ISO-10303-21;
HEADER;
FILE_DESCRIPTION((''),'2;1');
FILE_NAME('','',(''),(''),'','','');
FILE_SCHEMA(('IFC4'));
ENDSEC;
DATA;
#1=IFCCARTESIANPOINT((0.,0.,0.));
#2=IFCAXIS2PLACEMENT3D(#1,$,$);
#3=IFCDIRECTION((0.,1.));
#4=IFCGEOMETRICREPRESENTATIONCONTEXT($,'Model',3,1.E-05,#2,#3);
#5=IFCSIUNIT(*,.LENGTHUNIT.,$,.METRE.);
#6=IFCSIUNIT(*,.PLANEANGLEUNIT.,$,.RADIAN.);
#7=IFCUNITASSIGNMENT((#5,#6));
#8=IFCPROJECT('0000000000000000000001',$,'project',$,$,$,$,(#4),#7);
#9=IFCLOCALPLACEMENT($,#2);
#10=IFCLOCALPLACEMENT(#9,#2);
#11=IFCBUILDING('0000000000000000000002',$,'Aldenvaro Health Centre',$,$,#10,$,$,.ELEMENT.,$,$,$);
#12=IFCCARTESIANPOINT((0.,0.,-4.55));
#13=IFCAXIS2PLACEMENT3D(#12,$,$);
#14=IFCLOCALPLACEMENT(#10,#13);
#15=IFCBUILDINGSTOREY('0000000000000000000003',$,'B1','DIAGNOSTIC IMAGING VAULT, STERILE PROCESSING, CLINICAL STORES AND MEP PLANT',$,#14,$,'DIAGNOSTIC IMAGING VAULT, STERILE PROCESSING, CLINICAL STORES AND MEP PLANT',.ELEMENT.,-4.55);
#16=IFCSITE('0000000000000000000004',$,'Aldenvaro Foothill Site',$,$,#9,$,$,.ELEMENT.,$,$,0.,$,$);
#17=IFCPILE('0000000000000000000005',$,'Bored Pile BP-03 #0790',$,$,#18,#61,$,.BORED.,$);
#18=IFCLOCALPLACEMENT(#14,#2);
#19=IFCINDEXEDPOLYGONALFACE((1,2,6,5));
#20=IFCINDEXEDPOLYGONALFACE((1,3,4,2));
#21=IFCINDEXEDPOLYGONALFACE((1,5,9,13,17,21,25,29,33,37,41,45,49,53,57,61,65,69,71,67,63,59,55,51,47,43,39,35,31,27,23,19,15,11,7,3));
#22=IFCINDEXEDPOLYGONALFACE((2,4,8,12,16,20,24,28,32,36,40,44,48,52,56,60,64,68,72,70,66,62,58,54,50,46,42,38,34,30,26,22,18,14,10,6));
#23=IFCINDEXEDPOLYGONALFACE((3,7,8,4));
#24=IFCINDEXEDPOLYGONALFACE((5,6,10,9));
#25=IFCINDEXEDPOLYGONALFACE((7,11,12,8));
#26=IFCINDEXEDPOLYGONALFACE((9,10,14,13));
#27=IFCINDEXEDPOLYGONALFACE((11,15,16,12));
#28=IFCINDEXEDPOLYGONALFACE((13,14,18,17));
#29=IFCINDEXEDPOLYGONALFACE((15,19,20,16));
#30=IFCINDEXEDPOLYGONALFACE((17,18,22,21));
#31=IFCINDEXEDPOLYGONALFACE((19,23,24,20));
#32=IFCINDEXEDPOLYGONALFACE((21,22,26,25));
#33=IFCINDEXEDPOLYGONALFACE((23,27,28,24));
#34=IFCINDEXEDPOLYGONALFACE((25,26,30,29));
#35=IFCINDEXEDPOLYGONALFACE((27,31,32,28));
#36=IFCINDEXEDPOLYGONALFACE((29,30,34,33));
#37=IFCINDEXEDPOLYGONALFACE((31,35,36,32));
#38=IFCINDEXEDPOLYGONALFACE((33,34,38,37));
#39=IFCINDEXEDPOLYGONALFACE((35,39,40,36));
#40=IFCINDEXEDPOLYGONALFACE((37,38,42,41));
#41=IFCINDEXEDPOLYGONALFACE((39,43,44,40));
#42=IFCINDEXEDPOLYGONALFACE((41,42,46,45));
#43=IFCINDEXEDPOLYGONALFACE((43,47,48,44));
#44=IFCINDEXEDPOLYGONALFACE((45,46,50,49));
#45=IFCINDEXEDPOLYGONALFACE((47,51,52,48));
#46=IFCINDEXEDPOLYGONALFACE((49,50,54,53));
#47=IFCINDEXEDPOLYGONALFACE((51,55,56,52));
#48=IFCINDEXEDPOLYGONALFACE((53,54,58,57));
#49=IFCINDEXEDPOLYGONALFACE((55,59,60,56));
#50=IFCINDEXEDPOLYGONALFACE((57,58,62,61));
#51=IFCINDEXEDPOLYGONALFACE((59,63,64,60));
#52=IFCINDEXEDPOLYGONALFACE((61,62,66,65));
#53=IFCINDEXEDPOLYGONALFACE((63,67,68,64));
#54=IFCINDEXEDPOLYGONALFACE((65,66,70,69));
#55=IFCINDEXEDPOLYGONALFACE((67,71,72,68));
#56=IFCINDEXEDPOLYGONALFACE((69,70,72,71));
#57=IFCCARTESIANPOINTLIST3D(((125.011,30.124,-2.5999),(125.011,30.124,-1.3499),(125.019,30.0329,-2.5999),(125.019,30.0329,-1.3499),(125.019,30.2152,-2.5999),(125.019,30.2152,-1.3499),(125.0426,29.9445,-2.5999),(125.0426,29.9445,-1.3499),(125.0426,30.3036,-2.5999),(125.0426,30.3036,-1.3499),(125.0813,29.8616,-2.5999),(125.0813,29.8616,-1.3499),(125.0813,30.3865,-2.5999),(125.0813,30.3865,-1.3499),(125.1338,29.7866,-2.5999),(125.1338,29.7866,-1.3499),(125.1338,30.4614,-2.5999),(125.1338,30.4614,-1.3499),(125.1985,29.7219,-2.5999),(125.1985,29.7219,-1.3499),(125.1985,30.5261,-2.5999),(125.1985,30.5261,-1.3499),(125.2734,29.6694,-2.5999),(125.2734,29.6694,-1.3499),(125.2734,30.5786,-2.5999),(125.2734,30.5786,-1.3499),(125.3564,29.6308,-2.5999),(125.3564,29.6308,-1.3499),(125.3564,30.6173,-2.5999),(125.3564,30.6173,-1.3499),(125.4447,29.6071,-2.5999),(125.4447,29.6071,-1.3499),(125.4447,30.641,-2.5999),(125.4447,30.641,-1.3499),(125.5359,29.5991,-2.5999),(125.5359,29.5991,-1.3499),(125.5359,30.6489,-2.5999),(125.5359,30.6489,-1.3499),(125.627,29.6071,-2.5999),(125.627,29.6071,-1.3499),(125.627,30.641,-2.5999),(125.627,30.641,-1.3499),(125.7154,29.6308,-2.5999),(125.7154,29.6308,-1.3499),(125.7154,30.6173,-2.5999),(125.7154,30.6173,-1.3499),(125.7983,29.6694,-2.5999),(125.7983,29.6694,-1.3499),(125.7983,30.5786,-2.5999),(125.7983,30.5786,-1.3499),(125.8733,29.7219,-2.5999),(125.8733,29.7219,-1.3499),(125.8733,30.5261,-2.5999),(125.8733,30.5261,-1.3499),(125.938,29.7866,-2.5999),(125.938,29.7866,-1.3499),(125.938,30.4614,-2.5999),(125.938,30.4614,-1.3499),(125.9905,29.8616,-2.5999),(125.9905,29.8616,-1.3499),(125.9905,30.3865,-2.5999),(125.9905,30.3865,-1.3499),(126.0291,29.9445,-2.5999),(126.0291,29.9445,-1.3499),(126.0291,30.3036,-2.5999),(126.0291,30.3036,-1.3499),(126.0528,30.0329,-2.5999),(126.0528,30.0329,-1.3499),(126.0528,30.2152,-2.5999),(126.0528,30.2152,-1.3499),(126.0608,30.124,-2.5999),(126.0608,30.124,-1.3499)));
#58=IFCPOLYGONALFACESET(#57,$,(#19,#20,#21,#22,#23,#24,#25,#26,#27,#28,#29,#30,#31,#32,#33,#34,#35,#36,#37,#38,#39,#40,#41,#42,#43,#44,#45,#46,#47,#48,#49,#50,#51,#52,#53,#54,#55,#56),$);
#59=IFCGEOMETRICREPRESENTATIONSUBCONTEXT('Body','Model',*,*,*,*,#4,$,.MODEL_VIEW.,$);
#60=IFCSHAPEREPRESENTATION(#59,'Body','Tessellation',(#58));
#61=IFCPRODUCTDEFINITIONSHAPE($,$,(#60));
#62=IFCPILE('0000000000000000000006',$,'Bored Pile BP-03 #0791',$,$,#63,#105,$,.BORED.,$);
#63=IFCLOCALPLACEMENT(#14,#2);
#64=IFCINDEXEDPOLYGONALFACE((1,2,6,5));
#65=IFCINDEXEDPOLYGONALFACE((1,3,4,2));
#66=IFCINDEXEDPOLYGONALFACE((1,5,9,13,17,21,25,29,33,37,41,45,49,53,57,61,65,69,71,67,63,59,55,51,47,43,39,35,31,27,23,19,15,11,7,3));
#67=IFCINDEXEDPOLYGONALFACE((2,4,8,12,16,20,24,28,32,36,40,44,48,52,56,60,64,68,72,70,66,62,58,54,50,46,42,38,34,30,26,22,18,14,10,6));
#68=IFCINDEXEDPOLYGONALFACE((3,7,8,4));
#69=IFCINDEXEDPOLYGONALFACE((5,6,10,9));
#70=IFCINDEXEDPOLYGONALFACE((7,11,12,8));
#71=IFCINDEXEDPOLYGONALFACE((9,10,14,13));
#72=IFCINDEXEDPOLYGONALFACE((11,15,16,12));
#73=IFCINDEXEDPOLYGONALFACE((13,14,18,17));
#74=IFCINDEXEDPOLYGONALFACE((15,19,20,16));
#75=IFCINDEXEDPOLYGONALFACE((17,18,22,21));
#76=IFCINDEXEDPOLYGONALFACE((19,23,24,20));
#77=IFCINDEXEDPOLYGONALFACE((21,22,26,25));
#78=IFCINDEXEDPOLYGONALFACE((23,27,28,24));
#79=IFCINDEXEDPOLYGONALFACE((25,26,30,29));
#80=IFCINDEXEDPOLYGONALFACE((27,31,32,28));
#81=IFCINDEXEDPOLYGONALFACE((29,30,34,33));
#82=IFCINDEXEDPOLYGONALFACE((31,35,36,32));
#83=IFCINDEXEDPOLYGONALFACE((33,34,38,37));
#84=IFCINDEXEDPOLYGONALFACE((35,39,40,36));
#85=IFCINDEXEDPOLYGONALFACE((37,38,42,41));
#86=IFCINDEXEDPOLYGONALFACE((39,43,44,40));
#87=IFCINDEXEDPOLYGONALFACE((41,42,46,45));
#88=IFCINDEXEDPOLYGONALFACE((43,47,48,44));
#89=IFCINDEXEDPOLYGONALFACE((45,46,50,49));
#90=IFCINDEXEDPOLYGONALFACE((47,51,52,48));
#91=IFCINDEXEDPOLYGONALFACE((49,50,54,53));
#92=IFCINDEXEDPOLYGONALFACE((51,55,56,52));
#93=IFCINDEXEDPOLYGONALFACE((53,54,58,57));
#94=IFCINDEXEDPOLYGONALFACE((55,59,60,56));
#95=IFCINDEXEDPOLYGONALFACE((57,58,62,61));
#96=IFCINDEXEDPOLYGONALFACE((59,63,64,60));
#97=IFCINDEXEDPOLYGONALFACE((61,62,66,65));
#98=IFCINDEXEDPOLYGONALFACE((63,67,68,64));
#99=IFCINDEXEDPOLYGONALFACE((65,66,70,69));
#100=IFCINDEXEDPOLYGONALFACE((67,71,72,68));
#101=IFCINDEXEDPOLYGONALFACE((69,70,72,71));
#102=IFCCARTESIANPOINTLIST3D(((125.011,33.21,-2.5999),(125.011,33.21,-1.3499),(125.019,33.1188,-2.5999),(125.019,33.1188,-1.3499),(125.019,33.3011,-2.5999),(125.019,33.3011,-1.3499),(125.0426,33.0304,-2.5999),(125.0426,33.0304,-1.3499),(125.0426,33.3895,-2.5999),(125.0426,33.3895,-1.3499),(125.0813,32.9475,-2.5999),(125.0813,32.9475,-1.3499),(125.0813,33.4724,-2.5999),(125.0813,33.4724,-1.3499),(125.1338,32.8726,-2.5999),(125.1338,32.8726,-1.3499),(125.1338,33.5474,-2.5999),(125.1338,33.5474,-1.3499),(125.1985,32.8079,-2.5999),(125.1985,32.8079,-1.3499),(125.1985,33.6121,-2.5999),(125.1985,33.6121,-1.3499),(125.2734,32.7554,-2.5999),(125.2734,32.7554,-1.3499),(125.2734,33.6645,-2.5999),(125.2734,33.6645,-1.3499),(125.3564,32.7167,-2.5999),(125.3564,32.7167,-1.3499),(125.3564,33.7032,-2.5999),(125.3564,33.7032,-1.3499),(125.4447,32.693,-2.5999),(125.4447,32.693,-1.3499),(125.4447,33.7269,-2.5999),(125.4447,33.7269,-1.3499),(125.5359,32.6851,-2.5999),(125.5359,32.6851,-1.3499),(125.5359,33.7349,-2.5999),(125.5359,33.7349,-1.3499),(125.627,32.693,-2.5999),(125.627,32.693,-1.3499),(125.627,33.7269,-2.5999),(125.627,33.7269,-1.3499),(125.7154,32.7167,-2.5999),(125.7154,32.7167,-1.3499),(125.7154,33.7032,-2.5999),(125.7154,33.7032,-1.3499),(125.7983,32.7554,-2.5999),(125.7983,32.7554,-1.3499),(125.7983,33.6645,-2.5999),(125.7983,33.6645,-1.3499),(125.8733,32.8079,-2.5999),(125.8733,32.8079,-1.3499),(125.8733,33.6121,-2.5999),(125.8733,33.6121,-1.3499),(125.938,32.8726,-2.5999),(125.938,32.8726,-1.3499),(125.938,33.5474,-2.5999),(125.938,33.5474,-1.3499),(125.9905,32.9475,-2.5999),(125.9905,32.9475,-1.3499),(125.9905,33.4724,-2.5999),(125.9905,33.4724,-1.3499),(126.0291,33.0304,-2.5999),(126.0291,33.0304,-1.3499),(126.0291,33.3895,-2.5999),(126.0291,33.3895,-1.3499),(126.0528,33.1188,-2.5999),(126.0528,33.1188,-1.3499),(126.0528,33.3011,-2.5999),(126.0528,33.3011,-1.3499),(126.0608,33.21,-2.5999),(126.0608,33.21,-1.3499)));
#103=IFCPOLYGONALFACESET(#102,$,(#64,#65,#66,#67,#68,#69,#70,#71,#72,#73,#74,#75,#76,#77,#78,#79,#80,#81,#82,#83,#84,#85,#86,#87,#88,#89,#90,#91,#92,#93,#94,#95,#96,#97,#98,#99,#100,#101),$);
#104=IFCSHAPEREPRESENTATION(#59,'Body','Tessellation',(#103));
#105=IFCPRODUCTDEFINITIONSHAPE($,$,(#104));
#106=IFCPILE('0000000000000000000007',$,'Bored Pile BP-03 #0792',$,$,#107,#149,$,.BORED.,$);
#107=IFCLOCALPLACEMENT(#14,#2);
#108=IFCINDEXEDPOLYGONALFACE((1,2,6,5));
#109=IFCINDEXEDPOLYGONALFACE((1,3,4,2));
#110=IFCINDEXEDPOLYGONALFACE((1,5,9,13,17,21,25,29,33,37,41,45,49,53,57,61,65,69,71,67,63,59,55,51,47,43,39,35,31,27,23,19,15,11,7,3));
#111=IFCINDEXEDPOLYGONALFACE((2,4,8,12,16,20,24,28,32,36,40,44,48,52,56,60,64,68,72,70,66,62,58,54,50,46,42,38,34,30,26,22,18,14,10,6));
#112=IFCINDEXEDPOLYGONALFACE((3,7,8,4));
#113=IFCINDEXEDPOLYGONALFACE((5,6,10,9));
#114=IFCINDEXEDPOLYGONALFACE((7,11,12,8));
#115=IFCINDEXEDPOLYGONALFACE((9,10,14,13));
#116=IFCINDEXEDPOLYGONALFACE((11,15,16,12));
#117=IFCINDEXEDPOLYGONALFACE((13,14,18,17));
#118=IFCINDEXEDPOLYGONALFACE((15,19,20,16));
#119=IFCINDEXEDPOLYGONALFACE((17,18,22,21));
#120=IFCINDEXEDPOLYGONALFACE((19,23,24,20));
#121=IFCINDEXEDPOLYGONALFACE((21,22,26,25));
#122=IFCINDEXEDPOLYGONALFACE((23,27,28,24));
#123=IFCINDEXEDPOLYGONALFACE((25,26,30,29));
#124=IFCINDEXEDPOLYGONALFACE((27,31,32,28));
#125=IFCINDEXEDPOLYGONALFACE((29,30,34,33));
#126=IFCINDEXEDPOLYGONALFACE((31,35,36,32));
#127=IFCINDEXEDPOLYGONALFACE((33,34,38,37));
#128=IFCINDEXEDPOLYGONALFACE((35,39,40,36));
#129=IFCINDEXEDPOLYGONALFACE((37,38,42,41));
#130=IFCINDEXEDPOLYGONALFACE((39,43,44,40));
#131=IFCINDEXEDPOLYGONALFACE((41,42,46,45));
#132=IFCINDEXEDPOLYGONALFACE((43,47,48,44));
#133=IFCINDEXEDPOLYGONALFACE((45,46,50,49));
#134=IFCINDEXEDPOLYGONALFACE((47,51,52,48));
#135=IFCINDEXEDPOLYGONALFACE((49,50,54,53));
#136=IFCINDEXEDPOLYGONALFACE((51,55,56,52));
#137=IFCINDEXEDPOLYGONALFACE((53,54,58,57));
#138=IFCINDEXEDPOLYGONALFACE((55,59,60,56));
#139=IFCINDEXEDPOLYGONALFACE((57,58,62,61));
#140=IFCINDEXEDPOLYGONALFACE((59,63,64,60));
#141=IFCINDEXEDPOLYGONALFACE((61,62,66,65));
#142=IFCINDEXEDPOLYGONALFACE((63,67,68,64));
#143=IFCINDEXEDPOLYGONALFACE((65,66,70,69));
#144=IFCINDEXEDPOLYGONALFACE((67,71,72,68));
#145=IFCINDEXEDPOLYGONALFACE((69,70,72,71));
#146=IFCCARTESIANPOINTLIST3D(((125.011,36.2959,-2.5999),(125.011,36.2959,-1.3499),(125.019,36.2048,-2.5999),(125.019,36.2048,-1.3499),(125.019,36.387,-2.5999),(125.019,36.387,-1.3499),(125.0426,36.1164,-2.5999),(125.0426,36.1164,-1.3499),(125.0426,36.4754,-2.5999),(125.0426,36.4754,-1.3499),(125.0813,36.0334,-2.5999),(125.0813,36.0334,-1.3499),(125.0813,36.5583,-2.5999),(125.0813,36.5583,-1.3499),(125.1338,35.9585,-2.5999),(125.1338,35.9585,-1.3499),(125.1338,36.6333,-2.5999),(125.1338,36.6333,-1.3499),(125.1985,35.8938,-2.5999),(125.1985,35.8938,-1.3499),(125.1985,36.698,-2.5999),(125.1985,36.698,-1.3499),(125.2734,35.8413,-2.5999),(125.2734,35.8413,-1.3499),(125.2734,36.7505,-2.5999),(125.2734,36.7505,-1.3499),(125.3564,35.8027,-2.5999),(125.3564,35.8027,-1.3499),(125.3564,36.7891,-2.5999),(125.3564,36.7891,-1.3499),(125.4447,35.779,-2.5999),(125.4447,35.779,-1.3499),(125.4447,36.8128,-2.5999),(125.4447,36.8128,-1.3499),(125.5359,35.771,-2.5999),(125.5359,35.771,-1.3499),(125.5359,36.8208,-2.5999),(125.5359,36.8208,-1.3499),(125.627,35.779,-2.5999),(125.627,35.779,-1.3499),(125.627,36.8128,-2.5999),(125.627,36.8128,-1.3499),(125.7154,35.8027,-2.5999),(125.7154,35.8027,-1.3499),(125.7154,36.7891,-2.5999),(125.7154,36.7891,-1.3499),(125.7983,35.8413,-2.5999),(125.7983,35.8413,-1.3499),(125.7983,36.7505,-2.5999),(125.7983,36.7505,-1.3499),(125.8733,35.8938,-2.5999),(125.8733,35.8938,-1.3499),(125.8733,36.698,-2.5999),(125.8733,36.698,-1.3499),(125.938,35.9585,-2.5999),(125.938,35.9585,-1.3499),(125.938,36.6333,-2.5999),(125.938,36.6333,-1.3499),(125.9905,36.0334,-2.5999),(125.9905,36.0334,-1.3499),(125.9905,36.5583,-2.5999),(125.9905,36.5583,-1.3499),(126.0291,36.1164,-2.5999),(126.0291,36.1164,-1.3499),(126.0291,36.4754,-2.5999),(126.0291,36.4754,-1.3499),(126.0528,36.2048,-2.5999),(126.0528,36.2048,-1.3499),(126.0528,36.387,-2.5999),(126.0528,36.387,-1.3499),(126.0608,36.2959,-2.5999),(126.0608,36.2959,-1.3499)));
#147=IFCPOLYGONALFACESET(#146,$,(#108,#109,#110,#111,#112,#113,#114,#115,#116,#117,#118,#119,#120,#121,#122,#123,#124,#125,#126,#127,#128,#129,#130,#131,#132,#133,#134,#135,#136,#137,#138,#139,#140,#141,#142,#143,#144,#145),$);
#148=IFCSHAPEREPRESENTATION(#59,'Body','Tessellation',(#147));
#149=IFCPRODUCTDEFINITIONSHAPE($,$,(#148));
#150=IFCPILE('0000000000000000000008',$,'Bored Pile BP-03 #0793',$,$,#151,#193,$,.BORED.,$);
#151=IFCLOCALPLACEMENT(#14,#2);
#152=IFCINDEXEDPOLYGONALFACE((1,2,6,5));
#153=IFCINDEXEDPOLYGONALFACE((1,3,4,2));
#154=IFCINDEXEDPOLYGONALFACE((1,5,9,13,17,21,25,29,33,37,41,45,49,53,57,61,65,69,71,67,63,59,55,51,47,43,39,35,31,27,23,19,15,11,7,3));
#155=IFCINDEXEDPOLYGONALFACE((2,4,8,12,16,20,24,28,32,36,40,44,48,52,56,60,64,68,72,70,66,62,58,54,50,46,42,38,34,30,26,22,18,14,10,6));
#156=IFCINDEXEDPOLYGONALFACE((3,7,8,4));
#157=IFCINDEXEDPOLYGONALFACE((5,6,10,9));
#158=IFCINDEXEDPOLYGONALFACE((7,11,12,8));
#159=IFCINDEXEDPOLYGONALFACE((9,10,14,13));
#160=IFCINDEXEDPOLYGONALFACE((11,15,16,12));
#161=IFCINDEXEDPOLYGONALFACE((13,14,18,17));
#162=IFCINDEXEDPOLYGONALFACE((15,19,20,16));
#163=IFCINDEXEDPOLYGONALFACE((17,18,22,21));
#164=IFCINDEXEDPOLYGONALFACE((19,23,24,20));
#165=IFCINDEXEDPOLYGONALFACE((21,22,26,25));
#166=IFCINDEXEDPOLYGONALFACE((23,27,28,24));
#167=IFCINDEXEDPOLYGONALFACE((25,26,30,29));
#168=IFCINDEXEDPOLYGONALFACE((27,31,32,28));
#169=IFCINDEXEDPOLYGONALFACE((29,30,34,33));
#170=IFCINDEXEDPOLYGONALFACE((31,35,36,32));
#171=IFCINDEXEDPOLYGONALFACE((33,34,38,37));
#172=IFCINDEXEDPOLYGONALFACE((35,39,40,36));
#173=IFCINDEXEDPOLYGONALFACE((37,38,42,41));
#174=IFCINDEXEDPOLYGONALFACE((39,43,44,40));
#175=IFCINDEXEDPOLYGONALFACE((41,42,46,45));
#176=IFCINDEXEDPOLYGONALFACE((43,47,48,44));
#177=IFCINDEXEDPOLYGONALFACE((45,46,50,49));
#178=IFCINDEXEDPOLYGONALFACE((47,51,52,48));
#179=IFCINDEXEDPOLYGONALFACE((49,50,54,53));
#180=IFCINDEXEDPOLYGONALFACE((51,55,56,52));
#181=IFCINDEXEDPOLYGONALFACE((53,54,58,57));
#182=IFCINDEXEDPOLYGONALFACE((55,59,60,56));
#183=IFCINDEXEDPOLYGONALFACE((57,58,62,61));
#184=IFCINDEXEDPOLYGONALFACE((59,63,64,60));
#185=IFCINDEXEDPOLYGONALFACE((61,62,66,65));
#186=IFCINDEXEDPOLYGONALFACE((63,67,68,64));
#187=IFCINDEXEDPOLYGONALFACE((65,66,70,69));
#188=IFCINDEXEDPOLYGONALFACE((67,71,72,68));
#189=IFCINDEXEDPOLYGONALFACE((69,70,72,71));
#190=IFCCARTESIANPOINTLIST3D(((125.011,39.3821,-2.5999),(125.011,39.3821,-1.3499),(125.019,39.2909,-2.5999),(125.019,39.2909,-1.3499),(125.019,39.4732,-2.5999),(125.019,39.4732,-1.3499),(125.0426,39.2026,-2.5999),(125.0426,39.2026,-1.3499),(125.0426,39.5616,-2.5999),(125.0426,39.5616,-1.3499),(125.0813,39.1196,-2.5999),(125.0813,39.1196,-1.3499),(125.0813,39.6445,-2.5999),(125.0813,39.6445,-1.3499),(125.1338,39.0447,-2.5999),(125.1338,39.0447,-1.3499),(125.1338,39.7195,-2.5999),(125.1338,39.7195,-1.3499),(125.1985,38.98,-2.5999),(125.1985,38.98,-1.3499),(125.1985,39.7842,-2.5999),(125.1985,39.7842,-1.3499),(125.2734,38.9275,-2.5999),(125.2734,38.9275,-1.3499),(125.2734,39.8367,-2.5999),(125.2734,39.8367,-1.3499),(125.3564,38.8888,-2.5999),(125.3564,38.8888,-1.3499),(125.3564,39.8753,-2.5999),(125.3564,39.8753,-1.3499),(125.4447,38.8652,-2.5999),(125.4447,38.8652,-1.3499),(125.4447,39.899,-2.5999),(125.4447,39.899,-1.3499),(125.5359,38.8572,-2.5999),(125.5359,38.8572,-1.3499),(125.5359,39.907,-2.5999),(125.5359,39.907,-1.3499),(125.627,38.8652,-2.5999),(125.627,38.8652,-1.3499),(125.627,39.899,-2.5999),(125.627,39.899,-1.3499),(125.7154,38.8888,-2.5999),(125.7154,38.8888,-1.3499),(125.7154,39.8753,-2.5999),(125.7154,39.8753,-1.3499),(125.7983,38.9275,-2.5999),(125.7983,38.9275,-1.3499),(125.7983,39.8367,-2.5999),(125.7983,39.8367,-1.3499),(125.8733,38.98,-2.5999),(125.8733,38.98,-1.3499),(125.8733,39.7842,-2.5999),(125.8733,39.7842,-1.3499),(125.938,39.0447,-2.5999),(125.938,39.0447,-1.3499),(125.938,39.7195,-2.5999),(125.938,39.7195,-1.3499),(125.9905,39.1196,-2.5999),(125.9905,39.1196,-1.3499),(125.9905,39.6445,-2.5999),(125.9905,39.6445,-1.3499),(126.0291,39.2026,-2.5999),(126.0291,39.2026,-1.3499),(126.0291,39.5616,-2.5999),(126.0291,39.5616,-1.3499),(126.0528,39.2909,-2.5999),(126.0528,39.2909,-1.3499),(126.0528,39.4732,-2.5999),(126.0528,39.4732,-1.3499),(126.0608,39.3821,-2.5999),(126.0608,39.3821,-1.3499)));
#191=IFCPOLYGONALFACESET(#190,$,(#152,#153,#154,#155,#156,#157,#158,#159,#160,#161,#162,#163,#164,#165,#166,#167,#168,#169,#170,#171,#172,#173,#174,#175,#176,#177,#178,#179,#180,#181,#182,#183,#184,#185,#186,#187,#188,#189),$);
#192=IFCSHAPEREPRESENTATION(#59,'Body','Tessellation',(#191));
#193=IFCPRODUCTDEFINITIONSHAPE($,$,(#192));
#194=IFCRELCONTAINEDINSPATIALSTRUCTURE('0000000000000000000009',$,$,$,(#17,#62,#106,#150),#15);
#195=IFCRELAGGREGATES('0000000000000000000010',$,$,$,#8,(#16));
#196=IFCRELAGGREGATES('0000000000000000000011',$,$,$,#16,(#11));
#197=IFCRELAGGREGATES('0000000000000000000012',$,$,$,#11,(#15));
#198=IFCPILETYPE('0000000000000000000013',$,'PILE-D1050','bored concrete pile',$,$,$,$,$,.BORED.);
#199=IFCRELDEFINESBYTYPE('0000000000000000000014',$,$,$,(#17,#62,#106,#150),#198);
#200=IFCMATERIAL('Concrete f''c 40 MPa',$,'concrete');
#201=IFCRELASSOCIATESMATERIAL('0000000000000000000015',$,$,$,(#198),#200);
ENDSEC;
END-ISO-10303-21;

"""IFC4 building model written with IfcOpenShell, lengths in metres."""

from ifc_helpers import new_model, si_unit, direction, frame, origin, origin_2d, place, context, subcontext, project, spatial, circle, extrude, material, material_profile, profile_set, type_object, element, save


model = new_model("IFC4")

# Units and contexts
model_context = context("Model", 3, precision=1e-05, world=origin(), true_north=direction((0.0, 1.0)))
body_context = subcontext(model_context, "Body", "Model", "MODEL_VIEW")
ifc_project = project(units=[si_unit("LENGTHUNIT", "METRE"), si_unit("PLANEANGLEUNIT", "RADIAN")], contexts=[model_context])

# Site, building, storey
site_placement = place(None, origin())
site = spatial("IfcSite", under=ifc_project, at=site_placement, Name="Aldenvaro Foothill Site", CompositionType="ELEMENT", RefElevation=0.0)
building_placement = place(site_placement, origin())
building = spatial("IfcBuilding", under=site, at=building_placement, Name="Aldenvaro Health Centre", CompositionType="ELEMENT")
storey_placement = place(building_placement, frame((0.0, 0.0, -4.55)))
storey = spatial("IfcBuildingStorey", under=building, at=storey_placement, Name="B1", Description="DIAGNOSTIC IMAGING VAULT, STERILE PROCESSING, CLINICAL STORES AND MEP PLANT", LongName="DIAGNOSTIC IMAGING VAULT, STERILE PROCESSING, CLINICAL STORES AND MEP PLANT", CompositionType="ELEMENT", Elevation=-4.55)

# Piles
ifc_material = material(Name="Concrete f'c 40 MPa", Category="concrete")
ifc_material_profile_1 = material_profile(ifc_material, circle(Radius=0.5249, at=origin_2d()), Name="PILE D1050", Category="concrete")
ifc_profile_set_1 = profile_set([ifc_material_profile_1], Name="Concrete f'c 40 MPa")
pile_type = type_object("IfcPileType", Name="PILE-D1050", Description="bored concrete pile", PredefinedType="BORED", material=ifc_profile_set_1)
for number, where, z_axis, x_axis, name in (
    (1, (125.5359, 30.124, -1.3499), (0.0, 0.0, -1.0), (1.0, 0.0, 0.0), "Bored Pile BP-03 #0790"),
    (2, (125.5359, 33.21, -1.3499), (0.0, 0.0, -1.0), (1.0, 0.0, 0.0), "Bored Pile BP-03 #0791"),
    (3, (125.5359, 36.2959, -1.3499), (0.0, 0.0, -1.0), (1.0, 0.0, 0.0), "Bored Pile BP-03 #0792"),
    (4, (125.5359, 39.3821, -1.3499), (0.0, 0.0, -1.0), (1.0, 0.0, 0.0), "Bored Pile BP-03 #0793"),
):
    element("IfcPile", number, at=place(storey_placement, frame(where, z_axis=z_axis, x_axis=x_axis)), inside=storey, type_object=pile_type, Name=name, PredefinedType="BORED", context=body_context, shape_type="SweptSolid", body=[
        extrude(circle(Radius=0.5249, at=origin_2d()), origin(), (0.0, 0.0, 1.0), 1.25),
    ])

save(model, "model.ifc")
